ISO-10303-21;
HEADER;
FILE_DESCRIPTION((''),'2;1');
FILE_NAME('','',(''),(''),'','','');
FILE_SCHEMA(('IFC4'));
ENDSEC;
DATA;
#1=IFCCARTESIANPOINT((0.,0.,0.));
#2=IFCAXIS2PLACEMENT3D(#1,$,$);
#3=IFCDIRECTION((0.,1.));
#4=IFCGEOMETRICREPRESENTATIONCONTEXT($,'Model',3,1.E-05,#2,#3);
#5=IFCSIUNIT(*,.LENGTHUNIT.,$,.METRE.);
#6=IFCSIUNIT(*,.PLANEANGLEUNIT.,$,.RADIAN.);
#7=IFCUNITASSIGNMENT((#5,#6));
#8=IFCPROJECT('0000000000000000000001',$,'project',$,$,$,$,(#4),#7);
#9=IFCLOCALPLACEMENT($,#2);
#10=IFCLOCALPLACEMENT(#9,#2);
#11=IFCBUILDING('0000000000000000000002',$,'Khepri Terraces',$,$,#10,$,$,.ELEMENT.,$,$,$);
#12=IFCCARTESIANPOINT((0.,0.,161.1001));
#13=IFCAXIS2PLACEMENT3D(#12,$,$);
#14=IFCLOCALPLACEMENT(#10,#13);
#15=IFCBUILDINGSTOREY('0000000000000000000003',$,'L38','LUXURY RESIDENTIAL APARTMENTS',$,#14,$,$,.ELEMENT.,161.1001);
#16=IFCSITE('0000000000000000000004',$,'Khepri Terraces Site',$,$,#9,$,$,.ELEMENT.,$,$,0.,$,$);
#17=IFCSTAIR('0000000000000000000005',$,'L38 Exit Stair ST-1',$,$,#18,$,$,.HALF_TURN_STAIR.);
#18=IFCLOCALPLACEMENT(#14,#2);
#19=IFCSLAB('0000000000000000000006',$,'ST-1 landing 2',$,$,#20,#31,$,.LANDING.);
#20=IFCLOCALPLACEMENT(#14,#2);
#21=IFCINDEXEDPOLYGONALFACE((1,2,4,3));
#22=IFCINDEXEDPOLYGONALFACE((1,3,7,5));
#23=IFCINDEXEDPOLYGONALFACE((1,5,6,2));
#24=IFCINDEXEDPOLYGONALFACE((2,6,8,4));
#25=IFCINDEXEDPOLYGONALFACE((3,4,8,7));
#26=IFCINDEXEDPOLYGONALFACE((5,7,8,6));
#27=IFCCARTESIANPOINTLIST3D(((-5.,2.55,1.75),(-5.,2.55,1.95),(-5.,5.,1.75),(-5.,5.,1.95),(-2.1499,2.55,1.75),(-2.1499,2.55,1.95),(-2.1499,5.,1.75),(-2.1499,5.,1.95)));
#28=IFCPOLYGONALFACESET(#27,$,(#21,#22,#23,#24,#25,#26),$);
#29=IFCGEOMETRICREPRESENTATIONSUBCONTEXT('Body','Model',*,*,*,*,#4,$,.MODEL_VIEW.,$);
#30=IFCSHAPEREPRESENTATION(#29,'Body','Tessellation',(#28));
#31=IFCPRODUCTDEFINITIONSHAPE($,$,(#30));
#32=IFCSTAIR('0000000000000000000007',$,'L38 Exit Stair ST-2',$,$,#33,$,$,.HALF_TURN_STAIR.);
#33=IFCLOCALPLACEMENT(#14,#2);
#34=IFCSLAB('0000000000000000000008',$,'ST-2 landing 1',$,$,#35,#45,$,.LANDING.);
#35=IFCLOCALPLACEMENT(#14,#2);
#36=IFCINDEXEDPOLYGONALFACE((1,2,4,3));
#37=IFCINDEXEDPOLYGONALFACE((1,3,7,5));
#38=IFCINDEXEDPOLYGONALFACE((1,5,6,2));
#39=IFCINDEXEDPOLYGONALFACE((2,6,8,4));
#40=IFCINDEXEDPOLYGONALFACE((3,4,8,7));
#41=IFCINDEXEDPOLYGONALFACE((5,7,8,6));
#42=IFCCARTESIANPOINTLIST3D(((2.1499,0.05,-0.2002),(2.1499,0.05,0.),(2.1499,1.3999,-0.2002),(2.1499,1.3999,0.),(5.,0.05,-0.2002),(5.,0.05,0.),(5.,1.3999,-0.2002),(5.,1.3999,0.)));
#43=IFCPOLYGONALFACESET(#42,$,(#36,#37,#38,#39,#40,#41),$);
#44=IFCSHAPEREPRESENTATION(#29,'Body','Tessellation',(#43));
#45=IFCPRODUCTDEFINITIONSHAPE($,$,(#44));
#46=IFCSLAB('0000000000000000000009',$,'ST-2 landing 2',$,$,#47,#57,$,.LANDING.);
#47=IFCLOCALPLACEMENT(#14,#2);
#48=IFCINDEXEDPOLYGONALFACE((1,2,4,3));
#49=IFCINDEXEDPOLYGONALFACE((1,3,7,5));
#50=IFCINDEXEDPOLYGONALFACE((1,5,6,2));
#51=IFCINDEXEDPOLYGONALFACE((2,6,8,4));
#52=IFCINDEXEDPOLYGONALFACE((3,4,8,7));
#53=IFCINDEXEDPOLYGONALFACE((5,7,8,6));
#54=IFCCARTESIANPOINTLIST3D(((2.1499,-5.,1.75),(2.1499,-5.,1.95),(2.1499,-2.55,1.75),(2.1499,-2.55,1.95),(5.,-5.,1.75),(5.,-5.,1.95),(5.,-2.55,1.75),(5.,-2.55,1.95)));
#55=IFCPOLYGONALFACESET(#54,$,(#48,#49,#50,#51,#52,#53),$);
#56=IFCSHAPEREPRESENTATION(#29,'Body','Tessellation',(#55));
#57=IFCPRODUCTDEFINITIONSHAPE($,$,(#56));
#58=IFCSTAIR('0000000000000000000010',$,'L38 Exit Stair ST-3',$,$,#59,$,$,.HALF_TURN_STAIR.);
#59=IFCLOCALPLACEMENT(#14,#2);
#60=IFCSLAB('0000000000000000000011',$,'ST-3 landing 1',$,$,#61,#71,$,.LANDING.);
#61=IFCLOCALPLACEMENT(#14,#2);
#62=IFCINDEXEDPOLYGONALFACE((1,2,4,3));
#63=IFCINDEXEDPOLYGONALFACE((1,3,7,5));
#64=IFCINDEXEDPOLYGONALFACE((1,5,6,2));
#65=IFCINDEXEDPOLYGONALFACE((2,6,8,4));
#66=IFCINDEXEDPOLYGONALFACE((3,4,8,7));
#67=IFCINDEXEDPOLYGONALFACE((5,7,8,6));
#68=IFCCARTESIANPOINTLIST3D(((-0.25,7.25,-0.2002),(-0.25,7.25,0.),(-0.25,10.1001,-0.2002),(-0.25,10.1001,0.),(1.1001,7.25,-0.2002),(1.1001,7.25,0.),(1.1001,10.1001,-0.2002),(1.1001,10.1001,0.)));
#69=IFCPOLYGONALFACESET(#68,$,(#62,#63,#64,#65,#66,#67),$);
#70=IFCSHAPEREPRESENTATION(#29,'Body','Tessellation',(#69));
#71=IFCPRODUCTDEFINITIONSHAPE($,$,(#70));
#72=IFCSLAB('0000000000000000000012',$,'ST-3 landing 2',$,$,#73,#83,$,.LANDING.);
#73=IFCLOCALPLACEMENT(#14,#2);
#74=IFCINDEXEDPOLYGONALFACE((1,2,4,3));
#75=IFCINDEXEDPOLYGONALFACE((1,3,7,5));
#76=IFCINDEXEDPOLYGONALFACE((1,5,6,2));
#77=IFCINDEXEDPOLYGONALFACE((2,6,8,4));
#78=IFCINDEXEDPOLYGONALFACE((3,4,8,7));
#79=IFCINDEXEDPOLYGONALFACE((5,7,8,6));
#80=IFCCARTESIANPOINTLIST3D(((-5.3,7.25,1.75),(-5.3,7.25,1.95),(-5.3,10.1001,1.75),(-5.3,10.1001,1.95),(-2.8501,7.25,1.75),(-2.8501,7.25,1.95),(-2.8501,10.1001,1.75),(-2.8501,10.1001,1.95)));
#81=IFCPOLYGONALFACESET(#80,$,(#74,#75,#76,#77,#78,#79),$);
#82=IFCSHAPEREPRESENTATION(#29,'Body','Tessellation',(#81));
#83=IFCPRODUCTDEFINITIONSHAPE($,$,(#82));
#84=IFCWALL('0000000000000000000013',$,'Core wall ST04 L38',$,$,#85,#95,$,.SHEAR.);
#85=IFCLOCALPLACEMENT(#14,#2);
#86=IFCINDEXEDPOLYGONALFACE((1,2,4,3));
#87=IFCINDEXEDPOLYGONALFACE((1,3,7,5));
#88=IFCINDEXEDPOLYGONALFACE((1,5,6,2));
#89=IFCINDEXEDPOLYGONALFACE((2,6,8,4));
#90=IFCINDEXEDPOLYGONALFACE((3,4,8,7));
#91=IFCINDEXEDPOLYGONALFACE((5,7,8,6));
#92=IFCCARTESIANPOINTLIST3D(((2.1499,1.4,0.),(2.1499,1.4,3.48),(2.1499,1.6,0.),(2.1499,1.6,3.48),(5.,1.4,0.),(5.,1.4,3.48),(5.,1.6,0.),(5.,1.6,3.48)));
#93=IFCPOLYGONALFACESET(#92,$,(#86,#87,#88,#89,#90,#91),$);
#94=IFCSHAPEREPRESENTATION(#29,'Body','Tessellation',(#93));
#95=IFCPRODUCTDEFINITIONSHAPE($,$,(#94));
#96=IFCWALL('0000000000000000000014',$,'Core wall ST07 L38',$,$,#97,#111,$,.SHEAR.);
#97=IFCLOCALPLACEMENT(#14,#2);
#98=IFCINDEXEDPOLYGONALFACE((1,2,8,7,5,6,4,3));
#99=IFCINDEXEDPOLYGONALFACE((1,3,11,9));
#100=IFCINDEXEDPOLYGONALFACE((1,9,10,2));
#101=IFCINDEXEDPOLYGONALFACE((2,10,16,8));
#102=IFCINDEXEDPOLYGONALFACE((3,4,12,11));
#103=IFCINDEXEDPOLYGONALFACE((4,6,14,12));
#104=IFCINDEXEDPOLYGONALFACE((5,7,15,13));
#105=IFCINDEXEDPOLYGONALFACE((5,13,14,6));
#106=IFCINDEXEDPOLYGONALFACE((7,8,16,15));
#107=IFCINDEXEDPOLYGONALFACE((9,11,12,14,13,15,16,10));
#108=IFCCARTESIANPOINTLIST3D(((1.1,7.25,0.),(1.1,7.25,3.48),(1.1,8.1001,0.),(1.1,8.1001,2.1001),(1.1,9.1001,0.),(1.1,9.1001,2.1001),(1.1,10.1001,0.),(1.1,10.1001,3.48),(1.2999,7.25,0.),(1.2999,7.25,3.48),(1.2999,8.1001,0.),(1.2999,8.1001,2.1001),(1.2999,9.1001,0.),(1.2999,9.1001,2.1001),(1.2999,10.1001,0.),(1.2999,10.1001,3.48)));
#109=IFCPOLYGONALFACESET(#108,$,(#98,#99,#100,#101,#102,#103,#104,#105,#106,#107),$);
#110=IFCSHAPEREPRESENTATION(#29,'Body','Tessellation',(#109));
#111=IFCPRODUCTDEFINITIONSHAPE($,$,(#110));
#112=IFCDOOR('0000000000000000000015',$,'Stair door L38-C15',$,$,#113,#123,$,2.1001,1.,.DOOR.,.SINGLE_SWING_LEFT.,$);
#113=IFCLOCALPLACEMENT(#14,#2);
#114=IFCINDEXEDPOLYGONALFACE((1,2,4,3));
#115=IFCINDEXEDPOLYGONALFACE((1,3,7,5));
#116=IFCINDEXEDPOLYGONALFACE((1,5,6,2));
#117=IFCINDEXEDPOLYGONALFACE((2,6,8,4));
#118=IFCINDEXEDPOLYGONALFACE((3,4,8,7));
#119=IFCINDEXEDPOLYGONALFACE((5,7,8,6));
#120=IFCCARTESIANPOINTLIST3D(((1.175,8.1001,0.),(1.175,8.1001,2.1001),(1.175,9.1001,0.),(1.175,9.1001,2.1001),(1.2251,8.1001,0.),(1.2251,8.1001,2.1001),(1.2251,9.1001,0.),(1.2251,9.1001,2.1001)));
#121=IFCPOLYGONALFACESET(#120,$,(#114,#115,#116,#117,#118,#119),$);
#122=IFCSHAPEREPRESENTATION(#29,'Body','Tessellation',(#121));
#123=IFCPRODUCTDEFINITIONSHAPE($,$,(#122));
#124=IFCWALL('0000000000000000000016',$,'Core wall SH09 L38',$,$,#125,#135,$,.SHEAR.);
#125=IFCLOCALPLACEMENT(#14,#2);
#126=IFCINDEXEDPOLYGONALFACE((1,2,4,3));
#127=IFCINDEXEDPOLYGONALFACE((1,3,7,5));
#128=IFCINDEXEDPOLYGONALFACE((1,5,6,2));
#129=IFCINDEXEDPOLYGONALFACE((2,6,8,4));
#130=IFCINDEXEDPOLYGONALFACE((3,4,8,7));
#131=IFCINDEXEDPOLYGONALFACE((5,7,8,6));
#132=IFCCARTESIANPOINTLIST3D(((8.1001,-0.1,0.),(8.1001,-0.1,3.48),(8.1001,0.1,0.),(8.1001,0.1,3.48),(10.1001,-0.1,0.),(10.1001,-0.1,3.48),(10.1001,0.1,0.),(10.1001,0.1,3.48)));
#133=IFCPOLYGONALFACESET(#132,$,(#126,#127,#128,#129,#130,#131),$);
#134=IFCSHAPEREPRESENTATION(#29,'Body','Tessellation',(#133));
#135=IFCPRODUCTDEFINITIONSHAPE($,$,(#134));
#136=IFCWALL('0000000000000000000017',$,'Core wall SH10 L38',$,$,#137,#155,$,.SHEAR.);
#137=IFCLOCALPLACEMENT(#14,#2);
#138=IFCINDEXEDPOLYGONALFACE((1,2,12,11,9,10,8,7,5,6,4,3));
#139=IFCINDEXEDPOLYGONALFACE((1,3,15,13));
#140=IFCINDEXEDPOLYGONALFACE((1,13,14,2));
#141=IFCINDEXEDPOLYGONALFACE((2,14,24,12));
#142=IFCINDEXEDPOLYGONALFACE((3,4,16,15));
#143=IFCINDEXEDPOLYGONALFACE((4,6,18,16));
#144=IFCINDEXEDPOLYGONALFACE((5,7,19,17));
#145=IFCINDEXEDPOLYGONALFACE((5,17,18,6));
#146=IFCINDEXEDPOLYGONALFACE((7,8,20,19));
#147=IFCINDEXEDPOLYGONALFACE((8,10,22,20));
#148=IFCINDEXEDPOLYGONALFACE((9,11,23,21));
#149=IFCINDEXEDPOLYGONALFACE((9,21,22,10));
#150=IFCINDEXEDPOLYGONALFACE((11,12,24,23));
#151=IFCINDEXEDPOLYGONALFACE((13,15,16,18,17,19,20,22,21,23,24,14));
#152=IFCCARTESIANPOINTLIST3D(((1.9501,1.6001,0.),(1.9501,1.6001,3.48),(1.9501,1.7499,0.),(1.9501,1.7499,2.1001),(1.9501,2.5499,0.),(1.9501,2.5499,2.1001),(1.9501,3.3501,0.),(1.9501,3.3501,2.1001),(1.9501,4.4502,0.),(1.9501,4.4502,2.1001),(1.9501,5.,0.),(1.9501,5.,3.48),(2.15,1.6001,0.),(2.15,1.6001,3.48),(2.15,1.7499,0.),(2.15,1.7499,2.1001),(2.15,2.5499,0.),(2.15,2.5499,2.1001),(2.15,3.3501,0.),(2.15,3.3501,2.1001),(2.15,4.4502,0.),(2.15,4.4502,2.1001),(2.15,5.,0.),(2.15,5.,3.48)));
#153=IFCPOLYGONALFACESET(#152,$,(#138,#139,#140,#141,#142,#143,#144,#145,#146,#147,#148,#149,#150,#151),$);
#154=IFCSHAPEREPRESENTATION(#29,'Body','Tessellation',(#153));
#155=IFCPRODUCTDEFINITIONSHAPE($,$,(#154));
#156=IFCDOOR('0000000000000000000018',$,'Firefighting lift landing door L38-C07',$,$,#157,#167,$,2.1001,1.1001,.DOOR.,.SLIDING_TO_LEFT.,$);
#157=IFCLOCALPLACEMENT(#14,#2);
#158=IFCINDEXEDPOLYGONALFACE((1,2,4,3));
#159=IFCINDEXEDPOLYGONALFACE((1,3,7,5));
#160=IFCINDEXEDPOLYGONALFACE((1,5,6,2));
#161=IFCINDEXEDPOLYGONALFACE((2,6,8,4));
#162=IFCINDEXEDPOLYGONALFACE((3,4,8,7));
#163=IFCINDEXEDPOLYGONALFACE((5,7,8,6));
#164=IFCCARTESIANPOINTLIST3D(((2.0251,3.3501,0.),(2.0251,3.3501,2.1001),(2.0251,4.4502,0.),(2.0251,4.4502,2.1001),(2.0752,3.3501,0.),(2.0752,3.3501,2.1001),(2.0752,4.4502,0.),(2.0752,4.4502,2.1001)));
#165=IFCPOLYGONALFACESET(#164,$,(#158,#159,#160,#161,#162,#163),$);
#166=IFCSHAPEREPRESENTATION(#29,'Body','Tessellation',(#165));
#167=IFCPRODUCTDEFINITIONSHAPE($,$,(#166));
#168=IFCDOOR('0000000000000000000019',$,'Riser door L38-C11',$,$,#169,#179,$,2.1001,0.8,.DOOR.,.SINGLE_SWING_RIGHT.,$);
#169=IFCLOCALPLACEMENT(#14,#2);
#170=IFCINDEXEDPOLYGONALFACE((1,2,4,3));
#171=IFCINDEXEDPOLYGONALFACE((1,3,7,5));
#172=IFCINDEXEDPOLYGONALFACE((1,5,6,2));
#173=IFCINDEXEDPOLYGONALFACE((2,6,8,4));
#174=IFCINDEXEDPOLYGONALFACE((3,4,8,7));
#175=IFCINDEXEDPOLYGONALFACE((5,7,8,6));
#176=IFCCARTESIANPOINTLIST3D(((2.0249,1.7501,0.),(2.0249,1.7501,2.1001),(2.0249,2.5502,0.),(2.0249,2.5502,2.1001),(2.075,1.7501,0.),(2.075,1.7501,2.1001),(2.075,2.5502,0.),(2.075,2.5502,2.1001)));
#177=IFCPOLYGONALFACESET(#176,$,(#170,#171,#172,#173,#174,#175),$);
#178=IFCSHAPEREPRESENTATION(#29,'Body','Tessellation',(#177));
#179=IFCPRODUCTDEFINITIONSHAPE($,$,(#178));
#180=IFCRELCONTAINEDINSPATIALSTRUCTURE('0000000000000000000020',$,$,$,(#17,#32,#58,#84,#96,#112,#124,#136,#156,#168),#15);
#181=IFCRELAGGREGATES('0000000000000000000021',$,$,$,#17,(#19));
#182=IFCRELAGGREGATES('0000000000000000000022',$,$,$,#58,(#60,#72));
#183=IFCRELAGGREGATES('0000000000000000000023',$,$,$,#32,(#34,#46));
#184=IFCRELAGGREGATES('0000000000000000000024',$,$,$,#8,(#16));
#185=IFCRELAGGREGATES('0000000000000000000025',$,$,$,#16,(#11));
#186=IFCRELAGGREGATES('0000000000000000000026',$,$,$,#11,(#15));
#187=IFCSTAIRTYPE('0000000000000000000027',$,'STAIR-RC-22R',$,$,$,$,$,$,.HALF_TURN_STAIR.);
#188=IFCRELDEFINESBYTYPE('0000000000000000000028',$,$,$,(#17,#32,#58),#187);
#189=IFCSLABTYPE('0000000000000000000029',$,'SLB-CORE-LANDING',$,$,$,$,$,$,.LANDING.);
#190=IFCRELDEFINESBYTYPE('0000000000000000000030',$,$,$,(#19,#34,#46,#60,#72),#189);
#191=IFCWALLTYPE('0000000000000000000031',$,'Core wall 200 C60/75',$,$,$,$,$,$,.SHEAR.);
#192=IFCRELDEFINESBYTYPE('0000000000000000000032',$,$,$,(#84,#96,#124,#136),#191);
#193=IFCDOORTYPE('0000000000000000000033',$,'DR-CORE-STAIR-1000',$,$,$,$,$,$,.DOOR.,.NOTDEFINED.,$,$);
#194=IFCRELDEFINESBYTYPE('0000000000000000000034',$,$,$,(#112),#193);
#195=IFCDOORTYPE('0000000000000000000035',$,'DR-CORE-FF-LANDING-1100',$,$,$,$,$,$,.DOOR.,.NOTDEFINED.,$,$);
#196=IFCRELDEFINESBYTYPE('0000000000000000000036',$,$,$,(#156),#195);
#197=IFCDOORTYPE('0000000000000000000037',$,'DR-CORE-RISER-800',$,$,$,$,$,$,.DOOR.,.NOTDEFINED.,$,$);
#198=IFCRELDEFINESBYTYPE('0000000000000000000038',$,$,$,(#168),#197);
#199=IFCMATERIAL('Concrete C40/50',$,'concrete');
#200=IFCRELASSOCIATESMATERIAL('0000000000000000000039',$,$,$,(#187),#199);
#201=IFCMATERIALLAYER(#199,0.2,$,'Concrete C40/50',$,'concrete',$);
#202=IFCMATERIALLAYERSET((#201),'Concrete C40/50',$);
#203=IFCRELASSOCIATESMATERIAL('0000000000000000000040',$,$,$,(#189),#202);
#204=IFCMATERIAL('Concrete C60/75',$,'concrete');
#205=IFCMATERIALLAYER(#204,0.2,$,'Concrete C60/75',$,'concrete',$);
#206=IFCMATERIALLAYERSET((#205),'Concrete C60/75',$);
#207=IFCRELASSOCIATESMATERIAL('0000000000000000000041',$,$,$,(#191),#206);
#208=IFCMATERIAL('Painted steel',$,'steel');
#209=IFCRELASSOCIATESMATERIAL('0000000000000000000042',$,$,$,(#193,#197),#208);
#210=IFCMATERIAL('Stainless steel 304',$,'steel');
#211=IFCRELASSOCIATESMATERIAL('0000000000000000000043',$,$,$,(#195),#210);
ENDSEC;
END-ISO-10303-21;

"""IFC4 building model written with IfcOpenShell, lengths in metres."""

from ifc_helpers import new_model, si_unit, direction, frame, frame_2d, origin, place, context, subcontext, project, spatial, polyline, rectangle, outline, extrude, material, layer, layer_set, type_object, element, fill, aggregate, save


model = new_model("IFC4")

# Units and contexts
model_context = context("Model", 3, precision=1e-05, world=origin(), true_north=direction((0.0, 1.0)))
body_context = subcontext(model_context, "Body", "Model", "MODEL_VIEW")
ifc_project = project(units=[si_unit("LENGTHUNIT", "METRE"), si_unit("PLANEANGLEUNIT", "RADIAN")], contexts=[model_context])

# Site, building, storey
site_placement = place(None, origin())
site = spatial("IfcSite", under=ifc_project, at=site_placement, Name="Khepri Terraces Site", CompositionType="ELEMENT", RefElevation=0.0)
building_placement = place(site_placement, origin())
building = spatial("IfcBuilding", under=site, at=building_placement, Name="Khepri Terraces", CompositionType="ELEMENT")
storey_placement = place(building_placement, frame((0.0, 0.0, 161.1001)))
storey = spatial("IfcBuildingStorey", under=building, at=storey_placement, Name="L38", Description="LUXURY RESIDENTIAL APARTMENTS", CompositionType="ELEMENT", Elevation=161.1001)

# Stair, slab
ifc_material_1 = material(Name="Concrete C40/50", Category="concrete")
stair_type = type_object("IfcStairType", Name="STAIR-RC-22R", PredefinedType="HALF_TURN_STAIR", material=ifc_material_1)
stair_1_placement = place(storey_placement, origin())
stair_1 = element("IfcStair", 1, at=stair_1_placement, inside=storey, type_object=stair_type, Name="L38 Exit Stair ST-1", PredefinedType="HALF_TURN_STAIR")
ifc_layer_1 = layer(ifc_material_1, 0.2, Name="Concrete C40/50", Category="concrete")
ifc_layer_set_1 = layer_set([ifc_layer_1], Name="Concrete C40/50")
slab_type = type_object("IfcSlabType", Name="SLB-CORE-LANDING", PredefinedType="LANDING", material=ifc_layer_set_1)
slab_1_placement = place(storey_placement, frame((0.0, 0.0, 1.75)))
slab_1 = element("IfcSlab", 2, at=slab_1_placement, type_object=slab_type, Name="ST-1 landing 2", PredefinedType="LANDING", context=body_context, shape_type="SweptSolid", body=[
    extrude(outline(polyline([(-2.1499, 2.55), (-2.1499, 5.0), (-5.0, 5.0), (-5.0, 2.55), (-2.1499, 2.55)])), origin(), (0.0, 0.0, 1.0), 0.2),
])
aggregate(stair_1, [slab_1])

# Stairs, slabs
stair_2_placement = place(storey_placement, origin())
stair_2 = element("IfcStair", 3, at=stair_2_placement, inside=storey, type_object=stair_type, Name="L38 Exit Stair ST-2", PredefinedType="HALF_TURN_STAIR")
slab_2_placement = place(storey_placement, frame((0.0, 0.0, -0.2002)))
slab_2 = element("IfcSlab", 4, at=slab_2_placement, type_object=slab_type, Name="ST-2 landing 1", PredefinedType="LANDING", context=body_context, shape_type="SweptSolid", body=[
    extrude(outline(polyline([(2.1499, 1.3999), (2.1499, 0.05), (5.0, 0.05), (5.0, 1.3999), (2.1499, 1.3999)])), origin(), (0.0, 0.0, 1.0), 0.2002),
])
slab_3_placement = place(storey_placement, frame((0.0, 0.0, 1.75)))
slab_3 = element("IfcSlab", 5, at=slab_3_placement, type_object=slab_type, Name="ST-2 landing 2", PredefinedType="LANDING", context=body_context, shape_type="SweptSolid", body=[
    extrude(outline(polyline([(2.1499, -2.55), (2.1499, -5.0), (5.0, -5.0), (5.0, -2.55), (2.1499, -2.55)])), origin(), (0.0, 0.0, 1.0), 0.2),
])
stair_3_placement = place(storey_placement, origin())
stair_3 = element("IfcStair", 6, at=stair_3_placement, inside=storey, type_object=stair_type, Name="L38 Exit Stair ST-3", PredefinedType="HALF_TURN_STAIR")
slab_4_placement = place(storey_placement, frame((0.0, 0.0, -0.2002)))
slab_4 = element("IfcSlab", 7, at=slab_4_placement, type_object=slab_type, Name="ST-3 landing 1", PredefinedType="LANDING", context=body_context, shape_type="SweptSolid", body=[
    extrude(outline(polyline([(1.1001, 10.1001), (-0.25, 10.1001), (-0.25, 7.25), (1.1001, 7.25), (1.1001, 10.1001)])), origin(), (0.0, 0.0, 1.0), 0.2002),
])
slab_5_placement = place(storey_placement, frame((0.0, 0.0, 1.75)))
slab_5 = element("IfcSlab", 8, at=slab_5_placement, type_object=slab_type, Name="ST-3 landing 2", PredefinedType="LANDING", context=body_context, shape_type="SweptSolid", body=[
    extrude(outline(polyline([(-2.8501, 10.1001), (-5.3, 10.1001), (-5.3, 7.25), (-2.8501, 7.25), (-2.8501, 10.1001)])), origin(), (0.0, 0.0, 1.0), 0.2),
])
aggregate(stair_3, [slab_4, slab_5])

# Wall
ifc_material_2 = material(Name="Concrete C60/75", Category="concrete")
ifc_layer_2 = layer(ifc_material_2, 0.2, Name="Concrete C60/75", Category="concrete")
ifc_layer_set_2 = layer_set([ifc_layer_2], Name="Concrete C60/75")
wall_type_1 = type_object("IfcWallType", Name="Core wall 200 C60/75", PredefinedType="SHEAR", material=ifc_layer_set_2)
wall_1_placement = place(storey_placement, frame((2.1499, 1.5, 0.0), z_axis=(0.0, 0.0, 1.0), x_axis=(1.0, 0.0, 0.0)))
element("IfcWall", 9, at=wall_1_placement, inside=storey, type_object=wall_type_1, Name="Core wall ST04 L38", PredefinedType="SHEAR", context=body_context, shape_type="SweptSolid", body=[
    extrude(rectangle(XDim=2.8501, YDim=0.2, at=frame_2d((1.425, 0.0))), origin(), (0.0, 0.0, 1.0), 3.48),
])

# Wall, opening, door
wall_2_placement = place(storey_placement, frame((1.2, 7.25, 0.0), z_axis=(0.0, 0.0, 1.0), x_axis=(0.0, 1.0, 0.0)))
wall_2 = element("IfcWall", 10, at=wall_2_placement, inside=storey, type_object=wall_type_1, Name="Core wall ST07 L38", PredefinedType="SHEAR", context=body_context, shape_type="SweptSolid", body=[
    extrude(rectangle(XDim=2.8501, YDim=0.2, at=frame_2d((1.425, 0.0))), origin(), (0.0, 0.0, 1.0), 3.48),
])
opening_1_placement = place(wall_2_placement, frame((0.8501, 0.0, 0.0)))
opening_1 = element("IfcOpeningElement", 11, at=opening_1_placement, cuts=wall_2, PredefinedType="OPENING", context=body_context, shape_type="SweptSolid", body=[
    extrude(rectangle(XDim=1.0, YDim=2.1001, at=frame_2d((0.5, 1.05))), frame((0.0, 0.1099, 0.0), z_axis=(0.0, -1.0, 0.0), x_axis=(1.0, 0.0, 0.0)), (0.0, 0.0, 1.0), 0.22),
])
ifc_material_3 = material(Name="Painted steel", Category="steel")
door_type_1 = type_object("IfcDoorType", Name="DR-CORE-STAIR-1000", OperationType="NOTDEFINED", PredefinedType="DOOR", material=ifc_material_3)
door_1_placement = place(opening_1_placement, origin())
door_1 = element("IfcDoor", 12, at=door_1_placement, inside=storey, type_object=door_type_1, Name="Stair door L38-C15", OperationType="SINGLE_SWING_LEFT", OverallHeight=2.1001, OverallWidth=1.0, PredefinedType="DOOR", context=body_context, shape_type="SweptSolid", body=[
    extrude(rectangle(XDim=1.0, YDim=2.1001, at=frame_2d((0.5, 1.05))), frame((0.0, 0.0249, 0.0), z_axis=(0.0, -1.0, 0.0), x_axis=(1.0, 0.0, 0.0)), (0.0, 0.0, 1.0), 0.05),
])
fill(opening_1, door_1)

# Wall
wall_3_placement = place(storey_placement, frame((8.1001, 0.0, 0.0), z_axis=(0.0, 0.0, 1.0), x_axis=(1.0, 0.0, 0.0)))
element("IfcWall", 13, at=wall_3_placement, inside=storey, type_object=wall_type_1, Name="Core wall SH09 L38", PredefinedType="SHEAR", context=body_context, shape_type="SweptSolid", body=[
    extrude(rectangle(XDim=2.0, YDim=0.2, at=frame_2d((1.0, 0.0))), origin(), (0.0, 0.0, 1.0), 3.48),
])

# Wall, openings, doors
wall_4_placement = place(storey_placement, frame((2.05, 1.6001, 0.0), z_axis=(0.0, 0.0, 1.0), x_axis=(0.0, 1.0, 0.0)))
wall_4 = element("IfcWall", 14, at=wall_4_placement, inside=storey, type_object=wall_type_1, Name="Core wall SH10 L38", PredefinedType="SHEAR", context=body_context, shape_type="SweptSolid", body=[
    extrude(rectangle(XDim=3.3999, YDim=0.2, at=frame_2d((1.7, 0.0))), origin(), (0.0, 0.0, 1.0), 3.48),
])
opening_2_placement = place(wall_4_placement, frame((1.75, 0.0, 0.0)))
opening_2 = element("IfcOpeningElement", 15, at=opening_2_placement, cuts=wall_4, PredefinedType="OPENING", context=body_context, shape_type="SweptSolid", body=[
    extrude(rectangle(XDim=1.1001, YDim=2.1001, at=frame_2d((0.55, 1.05))), frame((0.0, 0.1099, 0.0), z_axis=(0.0, -1.0, 0.0), x_axis=(1.0, 0.0, 0.0)), (0.0, 0.0, 1.0), 0.22),
])
opening_3_placement = place(wall_4_placement, frame((0.1499, 0.0, 0.0)))
opening_3 = element("IfcOpeningElement", 16, at=opening_3_placement, cuts=wall_4, PredefinedType="OPENING", context=body_context, shape_type="SweptSolid", body=[
    extrude(rectangle(XDim=0.8, YDim=2.1001, at=frame_2d((0.3999, 1.05))), frame((0.0, 0.1099, 0.0), z_axis=(0.0, -1.0, 0.0), x_axis=(1.0, 0.0, 0.0)), (0.0, 0.0, 1.0), 0.22),
])
ifc_material_4 = material(Name="Stainless steel 304", Category="steel")
door_type_2 = type_object("IfcDoorType", Name="DR-CORE-FF-LANDING-1100", OperationType="NOTDEFINED", PredefinedType="DOOR", material=ifc_material_4)
door_2_placement = place(opening_2_placement, origin())
door_2 = element("IfcDoor", 17, at=door_2_placement, inside=storey, type_object=door_type_2, Name="Firefighting lift landing door L38-C07", OperationType="SLIDING_TO_LEFT", OverallHeight=2.1001, OverallWidth=1.1001, PredefinedType="DOOR", context=body_context, shape_type="SweptSolid", body=[
    extrude(rectangle(XDim=1.1001, YDim=2.1001, at=frame_2d((0.55, 1.05))), frame((0.0, 0.0249, 0.0), z_axis=(0.0, -1.0, 0.0), x_axis=(1.0, 0.0, 0.0)), (0.0, 0.0, 1.0), 0.05),
])
fill(opening_2, door_2)
door_type_3 = type_object("IfcDoorType", Name="DR-CORE-RISER-800", OperationType="NOTDEFINED", PredefinedType="DOOR", material=ifc_material_3)
door_3_placement = place(opening_3_placement, frame((0.8, 0.0, 0.0), z_axis=(0.0, 0.0, 1.0), x_axis=(-1.0, 0.0, 0.0)))
door_3 = element("IfcDoor", 18, at=door_3_placement, inside=storey, type_object=door_type_3, Name="Riser door L38-C11", OperationType="SINGLE_SWING_RIGHT", OverallHeight=2.1001, OverallWidth=0.8, PredefinedType="DOOR", context=body_context, shape_type="SweptSolid", body=[
    extrude(rectangle(XDim=0.8, YDim=2.1001, at=frame_2d((0.3999, 1.05))), frame((0.0, 0.0249, 0.0), z_axis=(0.0, -1.0, 0.0), x_axis=(1.0, 0.0, 0.0)), (0.0, 0.0, 1.0), 0.05),
])
fill(opening_3, door_3)

aggregate(stair_2, [slab_2, slab_3])

save(model, "model.ifc")
